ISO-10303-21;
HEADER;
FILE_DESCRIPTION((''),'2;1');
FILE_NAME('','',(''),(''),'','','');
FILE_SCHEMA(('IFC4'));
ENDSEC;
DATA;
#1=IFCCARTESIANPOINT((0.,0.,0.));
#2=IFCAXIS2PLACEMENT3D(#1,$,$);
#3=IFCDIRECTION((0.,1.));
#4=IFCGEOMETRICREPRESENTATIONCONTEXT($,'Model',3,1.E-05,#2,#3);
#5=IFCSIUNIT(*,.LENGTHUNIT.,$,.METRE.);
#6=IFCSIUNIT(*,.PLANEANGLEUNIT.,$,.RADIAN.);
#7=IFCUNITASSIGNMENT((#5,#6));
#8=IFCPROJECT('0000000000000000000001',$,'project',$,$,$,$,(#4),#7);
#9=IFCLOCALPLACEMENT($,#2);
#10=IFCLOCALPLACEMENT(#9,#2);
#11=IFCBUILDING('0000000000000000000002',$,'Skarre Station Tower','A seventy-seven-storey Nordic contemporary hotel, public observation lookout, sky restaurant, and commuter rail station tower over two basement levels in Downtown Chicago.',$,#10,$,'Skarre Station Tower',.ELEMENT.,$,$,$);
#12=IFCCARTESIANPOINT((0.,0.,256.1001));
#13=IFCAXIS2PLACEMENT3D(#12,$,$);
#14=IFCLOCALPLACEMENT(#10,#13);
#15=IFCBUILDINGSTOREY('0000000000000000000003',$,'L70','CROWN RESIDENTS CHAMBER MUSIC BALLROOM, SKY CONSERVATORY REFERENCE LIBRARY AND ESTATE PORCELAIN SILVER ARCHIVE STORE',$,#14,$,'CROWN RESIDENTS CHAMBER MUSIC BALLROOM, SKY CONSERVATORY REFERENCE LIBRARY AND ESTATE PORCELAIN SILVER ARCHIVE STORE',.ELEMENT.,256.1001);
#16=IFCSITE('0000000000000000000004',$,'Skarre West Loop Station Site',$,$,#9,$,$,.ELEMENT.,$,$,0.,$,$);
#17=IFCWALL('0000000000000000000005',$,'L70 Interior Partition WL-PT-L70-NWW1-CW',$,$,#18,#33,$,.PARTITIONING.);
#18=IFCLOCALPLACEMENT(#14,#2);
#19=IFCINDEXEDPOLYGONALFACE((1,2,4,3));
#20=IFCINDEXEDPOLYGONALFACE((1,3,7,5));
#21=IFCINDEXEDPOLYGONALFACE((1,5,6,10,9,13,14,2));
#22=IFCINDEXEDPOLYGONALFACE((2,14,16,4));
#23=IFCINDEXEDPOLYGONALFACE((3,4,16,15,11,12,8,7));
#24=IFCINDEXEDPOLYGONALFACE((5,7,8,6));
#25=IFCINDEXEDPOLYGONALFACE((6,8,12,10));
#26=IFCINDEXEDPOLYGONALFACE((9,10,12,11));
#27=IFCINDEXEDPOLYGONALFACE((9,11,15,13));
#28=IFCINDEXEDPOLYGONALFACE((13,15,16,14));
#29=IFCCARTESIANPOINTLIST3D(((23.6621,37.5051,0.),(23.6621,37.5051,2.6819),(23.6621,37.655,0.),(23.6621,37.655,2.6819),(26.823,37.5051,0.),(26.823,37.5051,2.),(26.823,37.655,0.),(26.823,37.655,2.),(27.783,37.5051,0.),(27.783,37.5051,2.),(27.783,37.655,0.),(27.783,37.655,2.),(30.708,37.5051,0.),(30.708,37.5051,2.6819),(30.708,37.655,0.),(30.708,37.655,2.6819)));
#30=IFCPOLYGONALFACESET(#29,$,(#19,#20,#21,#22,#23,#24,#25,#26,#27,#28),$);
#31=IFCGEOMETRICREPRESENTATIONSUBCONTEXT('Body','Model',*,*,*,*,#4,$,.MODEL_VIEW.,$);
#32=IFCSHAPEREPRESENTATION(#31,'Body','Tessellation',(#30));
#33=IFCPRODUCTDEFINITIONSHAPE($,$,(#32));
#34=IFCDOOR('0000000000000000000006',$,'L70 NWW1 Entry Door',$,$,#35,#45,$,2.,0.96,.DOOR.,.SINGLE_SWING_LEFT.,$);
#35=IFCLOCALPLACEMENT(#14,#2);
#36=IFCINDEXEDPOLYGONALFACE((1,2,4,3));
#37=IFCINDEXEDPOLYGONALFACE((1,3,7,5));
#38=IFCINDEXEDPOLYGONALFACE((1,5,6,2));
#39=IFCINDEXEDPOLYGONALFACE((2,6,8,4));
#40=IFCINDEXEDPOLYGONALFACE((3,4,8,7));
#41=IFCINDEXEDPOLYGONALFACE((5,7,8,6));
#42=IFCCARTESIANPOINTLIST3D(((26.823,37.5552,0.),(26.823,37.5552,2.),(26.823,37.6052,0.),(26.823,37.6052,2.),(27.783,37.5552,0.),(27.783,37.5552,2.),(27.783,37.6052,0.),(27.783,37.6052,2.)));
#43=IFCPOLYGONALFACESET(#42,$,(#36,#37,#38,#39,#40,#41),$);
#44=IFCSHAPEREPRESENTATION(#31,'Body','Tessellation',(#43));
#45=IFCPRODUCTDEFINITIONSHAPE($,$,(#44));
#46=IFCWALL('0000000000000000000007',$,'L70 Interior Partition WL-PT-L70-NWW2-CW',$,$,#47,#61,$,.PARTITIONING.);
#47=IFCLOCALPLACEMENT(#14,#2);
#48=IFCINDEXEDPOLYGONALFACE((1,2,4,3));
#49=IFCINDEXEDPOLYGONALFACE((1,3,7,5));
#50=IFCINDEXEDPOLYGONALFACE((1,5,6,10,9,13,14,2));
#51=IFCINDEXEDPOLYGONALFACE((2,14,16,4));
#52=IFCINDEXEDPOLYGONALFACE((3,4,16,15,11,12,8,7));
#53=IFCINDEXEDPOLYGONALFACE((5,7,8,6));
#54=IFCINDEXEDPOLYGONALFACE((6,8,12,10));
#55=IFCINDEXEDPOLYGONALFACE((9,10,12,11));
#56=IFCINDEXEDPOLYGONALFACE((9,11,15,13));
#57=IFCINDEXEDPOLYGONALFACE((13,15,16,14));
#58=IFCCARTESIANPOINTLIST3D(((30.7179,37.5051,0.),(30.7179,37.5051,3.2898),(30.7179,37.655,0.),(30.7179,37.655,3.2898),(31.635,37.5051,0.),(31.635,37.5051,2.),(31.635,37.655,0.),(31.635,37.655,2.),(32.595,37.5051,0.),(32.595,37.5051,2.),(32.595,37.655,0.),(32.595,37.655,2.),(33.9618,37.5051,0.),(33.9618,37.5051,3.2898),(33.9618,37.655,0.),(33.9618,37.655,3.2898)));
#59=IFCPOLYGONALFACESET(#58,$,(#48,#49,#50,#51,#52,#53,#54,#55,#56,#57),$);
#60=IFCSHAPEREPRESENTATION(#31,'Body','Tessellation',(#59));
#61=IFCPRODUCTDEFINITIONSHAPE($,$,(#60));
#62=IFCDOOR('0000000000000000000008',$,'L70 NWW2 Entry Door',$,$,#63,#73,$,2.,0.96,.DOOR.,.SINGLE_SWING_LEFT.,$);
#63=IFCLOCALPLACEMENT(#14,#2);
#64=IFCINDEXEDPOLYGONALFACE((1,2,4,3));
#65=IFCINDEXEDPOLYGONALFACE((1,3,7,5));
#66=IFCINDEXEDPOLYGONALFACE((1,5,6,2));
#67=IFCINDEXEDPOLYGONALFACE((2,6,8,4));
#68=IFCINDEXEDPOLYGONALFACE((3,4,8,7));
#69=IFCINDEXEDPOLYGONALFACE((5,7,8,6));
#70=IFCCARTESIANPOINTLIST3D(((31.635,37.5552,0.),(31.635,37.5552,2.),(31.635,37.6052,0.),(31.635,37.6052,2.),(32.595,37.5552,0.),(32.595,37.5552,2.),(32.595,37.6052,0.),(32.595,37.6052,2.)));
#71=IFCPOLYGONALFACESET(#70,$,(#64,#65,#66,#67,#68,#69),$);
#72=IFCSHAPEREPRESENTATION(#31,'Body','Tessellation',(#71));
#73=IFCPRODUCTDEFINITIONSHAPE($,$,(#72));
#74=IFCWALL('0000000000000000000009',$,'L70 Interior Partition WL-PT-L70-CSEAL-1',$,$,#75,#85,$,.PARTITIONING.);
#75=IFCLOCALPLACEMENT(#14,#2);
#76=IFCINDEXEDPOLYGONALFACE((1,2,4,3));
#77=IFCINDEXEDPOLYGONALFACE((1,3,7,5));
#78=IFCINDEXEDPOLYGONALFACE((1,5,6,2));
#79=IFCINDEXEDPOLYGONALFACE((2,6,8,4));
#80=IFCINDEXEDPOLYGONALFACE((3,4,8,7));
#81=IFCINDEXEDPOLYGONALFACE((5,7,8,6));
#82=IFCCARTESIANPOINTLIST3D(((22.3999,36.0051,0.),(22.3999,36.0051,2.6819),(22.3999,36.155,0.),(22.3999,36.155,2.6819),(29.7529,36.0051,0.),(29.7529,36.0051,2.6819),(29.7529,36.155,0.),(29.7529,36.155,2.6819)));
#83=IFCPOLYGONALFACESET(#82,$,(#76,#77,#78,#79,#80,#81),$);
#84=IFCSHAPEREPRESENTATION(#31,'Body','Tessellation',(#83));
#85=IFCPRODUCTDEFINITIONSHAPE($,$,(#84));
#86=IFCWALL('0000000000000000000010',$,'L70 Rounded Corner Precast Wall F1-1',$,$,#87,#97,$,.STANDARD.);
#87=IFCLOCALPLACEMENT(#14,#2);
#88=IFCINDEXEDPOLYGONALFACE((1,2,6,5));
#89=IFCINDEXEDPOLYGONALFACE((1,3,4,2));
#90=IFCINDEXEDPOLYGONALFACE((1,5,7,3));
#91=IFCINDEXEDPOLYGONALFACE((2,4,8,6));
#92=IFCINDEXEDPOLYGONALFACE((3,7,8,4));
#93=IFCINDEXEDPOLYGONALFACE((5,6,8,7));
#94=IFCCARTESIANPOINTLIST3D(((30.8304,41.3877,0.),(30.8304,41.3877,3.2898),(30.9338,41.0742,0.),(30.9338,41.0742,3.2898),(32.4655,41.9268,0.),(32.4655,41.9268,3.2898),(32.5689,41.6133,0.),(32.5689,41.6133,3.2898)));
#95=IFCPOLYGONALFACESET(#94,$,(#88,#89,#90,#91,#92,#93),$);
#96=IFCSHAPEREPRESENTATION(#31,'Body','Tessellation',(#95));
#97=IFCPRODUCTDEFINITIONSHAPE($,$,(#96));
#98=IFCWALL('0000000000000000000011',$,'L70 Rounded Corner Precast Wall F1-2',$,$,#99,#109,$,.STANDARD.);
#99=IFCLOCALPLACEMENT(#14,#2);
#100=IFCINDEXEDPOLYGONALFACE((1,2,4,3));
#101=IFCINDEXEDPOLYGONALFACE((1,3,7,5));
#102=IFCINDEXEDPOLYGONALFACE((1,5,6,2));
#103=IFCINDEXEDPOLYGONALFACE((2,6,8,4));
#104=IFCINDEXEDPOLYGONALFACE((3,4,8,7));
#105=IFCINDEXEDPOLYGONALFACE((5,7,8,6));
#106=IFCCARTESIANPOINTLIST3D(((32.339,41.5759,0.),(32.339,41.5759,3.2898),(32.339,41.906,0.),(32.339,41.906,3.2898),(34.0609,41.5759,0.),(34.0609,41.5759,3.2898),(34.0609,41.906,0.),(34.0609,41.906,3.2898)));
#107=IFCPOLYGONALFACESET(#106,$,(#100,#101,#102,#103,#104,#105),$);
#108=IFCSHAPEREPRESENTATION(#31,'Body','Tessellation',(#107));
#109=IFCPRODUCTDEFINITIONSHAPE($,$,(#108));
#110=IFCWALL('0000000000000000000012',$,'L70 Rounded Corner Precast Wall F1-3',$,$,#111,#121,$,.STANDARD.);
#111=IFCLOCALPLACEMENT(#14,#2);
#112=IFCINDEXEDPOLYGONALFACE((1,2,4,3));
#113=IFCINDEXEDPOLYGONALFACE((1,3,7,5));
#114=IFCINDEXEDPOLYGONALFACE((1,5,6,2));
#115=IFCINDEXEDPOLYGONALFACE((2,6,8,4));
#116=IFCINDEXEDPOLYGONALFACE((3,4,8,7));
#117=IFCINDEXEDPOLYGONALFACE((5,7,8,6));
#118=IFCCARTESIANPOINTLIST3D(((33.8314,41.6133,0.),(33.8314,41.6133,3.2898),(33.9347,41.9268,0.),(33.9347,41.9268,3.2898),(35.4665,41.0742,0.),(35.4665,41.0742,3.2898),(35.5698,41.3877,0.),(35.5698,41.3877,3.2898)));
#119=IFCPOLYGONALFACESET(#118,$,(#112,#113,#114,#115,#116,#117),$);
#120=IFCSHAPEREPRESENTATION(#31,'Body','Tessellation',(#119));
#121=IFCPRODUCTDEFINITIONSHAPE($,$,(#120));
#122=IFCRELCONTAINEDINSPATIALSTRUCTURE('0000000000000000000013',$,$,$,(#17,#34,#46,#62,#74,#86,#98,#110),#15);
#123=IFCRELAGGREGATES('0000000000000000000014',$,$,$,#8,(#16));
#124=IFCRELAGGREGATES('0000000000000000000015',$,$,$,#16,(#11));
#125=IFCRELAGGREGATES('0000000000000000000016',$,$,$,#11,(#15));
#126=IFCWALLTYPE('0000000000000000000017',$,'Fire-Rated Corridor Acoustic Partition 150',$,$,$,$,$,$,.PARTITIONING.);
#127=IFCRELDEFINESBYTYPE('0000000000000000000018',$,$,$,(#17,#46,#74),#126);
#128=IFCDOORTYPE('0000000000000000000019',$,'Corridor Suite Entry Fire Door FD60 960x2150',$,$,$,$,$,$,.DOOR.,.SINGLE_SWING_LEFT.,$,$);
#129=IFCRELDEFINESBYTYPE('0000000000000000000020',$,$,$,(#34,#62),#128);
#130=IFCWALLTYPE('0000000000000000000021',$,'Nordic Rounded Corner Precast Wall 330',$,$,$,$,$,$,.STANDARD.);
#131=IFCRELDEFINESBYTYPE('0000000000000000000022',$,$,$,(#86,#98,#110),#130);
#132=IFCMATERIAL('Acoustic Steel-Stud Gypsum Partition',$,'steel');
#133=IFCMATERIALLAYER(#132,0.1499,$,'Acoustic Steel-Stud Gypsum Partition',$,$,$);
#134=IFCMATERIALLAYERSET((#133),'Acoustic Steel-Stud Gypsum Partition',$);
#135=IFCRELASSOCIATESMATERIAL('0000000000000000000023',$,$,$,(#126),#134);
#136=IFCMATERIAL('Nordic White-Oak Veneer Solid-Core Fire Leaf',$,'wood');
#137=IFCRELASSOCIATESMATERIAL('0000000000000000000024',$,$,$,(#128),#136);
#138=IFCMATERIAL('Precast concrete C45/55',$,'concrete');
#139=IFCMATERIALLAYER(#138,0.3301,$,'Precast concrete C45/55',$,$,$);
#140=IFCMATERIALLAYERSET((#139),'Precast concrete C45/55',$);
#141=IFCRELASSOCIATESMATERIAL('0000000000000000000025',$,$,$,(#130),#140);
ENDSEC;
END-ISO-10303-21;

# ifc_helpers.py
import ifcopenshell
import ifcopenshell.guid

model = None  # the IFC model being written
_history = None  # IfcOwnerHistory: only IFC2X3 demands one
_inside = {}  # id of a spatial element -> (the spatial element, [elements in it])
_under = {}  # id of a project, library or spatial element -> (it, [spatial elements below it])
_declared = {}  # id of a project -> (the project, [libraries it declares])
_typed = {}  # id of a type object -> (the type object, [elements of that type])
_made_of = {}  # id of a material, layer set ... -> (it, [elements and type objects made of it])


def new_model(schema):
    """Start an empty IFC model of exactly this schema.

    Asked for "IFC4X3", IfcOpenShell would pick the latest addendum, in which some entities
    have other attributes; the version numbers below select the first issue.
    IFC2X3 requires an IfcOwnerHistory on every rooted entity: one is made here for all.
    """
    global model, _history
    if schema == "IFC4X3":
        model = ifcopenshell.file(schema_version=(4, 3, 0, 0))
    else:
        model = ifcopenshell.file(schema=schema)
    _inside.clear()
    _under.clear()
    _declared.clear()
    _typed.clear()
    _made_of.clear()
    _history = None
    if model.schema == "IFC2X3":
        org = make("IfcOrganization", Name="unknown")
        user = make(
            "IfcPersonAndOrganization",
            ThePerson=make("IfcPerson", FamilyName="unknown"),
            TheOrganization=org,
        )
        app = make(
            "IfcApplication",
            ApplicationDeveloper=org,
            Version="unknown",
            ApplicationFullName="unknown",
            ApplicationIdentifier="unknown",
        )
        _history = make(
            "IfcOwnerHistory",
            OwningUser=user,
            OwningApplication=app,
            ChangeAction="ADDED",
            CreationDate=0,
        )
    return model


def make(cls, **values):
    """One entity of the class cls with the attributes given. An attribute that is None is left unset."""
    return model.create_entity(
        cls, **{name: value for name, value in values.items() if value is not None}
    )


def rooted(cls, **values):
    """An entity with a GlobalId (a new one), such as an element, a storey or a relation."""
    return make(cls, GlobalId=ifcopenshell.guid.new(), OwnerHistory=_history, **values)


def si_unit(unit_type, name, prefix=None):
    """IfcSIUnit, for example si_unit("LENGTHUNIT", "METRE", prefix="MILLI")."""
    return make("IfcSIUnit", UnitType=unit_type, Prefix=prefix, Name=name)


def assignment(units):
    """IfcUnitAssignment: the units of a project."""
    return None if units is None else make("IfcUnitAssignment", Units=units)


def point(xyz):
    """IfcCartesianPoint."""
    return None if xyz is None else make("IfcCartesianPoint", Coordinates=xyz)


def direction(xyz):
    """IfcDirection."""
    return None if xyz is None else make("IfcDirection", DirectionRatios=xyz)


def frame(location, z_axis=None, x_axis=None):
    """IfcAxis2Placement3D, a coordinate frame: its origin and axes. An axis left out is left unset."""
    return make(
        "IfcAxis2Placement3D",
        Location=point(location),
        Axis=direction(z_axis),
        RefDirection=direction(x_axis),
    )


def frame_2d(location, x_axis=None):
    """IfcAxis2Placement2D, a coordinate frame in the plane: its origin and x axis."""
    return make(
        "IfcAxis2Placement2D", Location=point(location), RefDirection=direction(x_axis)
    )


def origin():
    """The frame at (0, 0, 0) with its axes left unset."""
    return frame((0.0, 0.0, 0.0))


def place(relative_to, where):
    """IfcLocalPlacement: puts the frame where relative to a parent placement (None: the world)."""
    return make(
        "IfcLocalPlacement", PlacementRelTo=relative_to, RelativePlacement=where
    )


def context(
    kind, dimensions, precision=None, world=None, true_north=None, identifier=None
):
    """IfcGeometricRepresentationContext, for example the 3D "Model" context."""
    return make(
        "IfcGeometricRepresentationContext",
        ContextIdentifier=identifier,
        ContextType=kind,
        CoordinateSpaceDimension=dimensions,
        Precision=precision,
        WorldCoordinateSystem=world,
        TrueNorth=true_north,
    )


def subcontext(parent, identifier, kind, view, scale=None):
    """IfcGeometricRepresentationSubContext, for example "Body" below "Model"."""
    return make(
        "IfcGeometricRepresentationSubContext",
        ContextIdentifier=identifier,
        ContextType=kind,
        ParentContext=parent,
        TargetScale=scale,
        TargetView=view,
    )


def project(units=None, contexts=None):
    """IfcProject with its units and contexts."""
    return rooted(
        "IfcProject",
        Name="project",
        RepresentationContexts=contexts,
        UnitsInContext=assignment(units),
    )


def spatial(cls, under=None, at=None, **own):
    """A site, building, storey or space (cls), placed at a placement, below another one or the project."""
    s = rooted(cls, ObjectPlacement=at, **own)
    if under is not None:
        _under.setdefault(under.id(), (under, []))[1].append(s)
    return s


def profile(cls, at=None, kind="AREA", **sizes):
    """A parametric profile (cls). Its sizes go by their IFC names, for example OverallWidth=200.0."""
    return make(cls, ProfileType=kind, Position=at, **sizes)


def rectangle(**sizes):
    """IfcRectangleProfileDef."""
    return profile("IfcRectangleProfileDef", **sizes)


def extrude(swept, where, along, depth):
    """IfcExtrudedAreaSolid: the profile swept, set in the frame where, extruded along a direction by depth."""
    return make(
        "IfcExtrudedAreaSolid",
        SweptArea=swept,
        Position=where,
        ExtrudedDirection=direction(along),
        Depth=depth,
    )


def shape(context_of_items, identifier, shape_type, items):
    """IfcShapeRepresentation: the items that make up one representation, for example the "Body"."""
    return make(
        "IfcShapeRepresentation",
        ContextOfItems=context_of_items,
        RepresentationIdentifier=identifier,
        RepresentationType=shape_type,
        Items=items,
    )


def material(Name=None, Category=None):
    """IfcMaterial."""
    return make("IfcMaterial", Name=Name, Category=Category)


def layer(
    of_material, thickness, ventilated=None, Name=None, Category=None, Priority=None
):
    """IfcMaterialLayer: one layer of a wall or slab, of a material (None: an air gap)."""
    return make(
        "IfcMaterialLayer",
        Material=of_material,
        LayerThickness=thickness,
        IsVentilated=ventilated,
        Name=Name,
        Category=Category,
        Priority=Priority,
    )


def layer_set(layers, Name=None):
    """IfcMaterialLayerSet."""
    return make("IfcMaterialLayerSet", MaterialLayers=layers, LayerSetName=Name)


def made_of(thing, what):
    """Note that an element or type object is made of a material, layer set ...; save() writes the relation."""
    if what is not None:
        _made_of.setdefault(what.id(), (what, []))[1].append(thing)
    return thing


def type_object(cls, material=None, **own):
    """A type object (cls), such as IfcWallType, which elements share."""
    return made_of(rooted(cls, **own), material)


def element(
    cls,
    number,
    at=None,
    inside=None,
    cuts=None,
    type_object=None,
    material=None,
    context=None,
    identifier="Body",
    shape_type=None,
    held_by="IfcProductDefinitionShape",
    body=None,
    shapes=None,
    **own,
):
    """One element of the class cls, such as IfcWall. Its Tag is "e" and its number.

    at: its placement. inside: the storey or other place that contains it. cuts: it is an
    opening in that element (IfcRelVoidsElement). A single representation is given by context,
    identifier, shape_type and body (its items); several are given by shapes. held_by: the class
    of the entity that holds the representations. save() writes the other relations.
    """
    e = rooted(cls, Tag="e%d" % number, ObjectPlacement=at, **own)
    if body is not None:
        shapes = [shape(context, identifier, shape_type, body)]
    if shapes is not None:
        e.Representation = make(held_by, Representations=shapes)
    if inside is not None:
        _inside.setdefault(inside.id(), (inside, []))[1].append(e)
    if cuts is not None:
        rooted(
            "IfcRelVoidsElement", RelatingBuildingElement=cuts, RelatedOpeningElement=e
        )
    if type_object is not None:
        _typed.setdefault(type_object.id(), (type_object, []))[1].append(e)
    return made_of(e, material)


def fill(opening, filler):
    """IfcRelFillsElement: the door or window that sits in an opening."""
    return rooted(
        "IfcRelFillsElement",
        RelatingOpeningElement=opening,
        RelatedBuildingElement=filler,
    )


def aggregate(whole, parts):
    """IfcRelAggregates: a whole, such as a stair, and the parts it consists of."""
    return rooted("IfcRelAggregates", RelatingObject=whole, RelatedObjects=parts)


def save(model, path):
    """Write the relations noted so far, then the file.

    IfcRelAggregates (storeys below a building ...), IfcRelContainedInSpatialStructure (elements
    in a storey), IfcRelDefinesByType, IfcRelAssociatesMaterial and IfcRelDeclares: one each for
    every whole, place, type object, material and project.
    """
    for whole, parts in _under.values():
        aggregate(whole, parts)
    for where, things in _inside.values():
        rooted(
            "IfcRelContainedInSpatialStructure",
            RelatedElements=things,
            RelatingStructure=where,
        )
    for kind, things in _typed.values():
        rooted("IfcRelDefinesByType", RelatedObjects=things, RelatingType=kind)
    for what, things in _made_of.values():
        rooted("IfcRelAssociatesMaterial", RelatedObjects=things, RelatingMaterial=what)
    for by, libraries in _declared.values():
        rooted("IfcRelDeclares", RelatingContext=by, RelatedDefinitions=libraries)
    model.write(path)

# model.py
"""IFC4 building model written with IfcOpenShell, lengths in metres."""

from ifc_helpers import new_model, si_unit, direction, frame, frame_2d, origin, place, context, subcontext, project, spatial, rectangle, extrude, material, layer, layer_set, type_object, element, fill, save


model = new_model("IFC4")

# Units and contexts
model_context = context("Model", 3, precision=1e-05, world=origin(), true_north=direction((0.0, 1.0)))
body_context = subcontext(model_context, "Body", "Model", "MODEL_VIEW")
ifc_project = project(units=[si_unit("LENGTHUNIT", "METRE"), si_unit("PLANEANGLEUNIT", "RADIAN")], contexts=[model_context])

# Site, building, storey
site_placement = place(None, origin())
site = spatial("IfcSite", under=ifc_project, at=site_placement, Name="Skarre West Loop Station Site", CompositionType="ELEMENT", RefElevation=0.0)
building_placement = place(site_placement, origin())
building = spatial("IfcBuilding", under=site, at=building_placement, Name="Skarre Station Tower", Description="A seventy-seven-storey Nordic contemporary hotel, public observation lookout, sky restaurant, and commuter rail station tower over two basement levels in Downtown Chicago.", LongName="Skarre Station Tower", CompositionType="ELEMENT")
storey_placement = place(building_placement, frame((0.0, 0.0, 256.1001)))
storey = spatial("IfcBuildingStorey", under=building, at=storey_placement, Name="L70", Description="CROWN RESIDENTS CHAMBER MUSIC BALLROOM, SKY CONSERVATORY REFERENCE LIBRARY AND ESTATE PORCELAIN SILVER ARCHIVE STORE", LongName="CROWN RESIDENTS CHAMBER MUSIC BALLROOM, SKY CONSERVATORY REFERENCE LIBRARY AND ESTATE PORCELAIN SILVER ARCHIVE STORE", CompositionType="ELEMENT", Elevation=256.1001)

# Walls, openings, doors
ifc_material_1 = material(Name="Acoustic Steel-Stud Gypsum Partition", Category="steel")
ifc_layer_1 = layer(ifc_material_1, 0.1499, Name="Acoustic Steel-Stud Gypsum Partition")
ifc_layer_set_1 = layer_set([ifc_layer_1], Name="Acoustic Steel-Stud Gypsum Partition")
wall_type_1 = type_object("IfcWallType", Name="Fire-Rated Corridor Acoustic Partition 150", PredefinedType="PARTITIONING", material=ifc_layer_set_1)
wall_1_placement = place(storey_placement, frame((30.708, 37.5801, 0.0), z_axis=(0.0, 0.0, 1.0), x_axis=(-1.0, 0.0, 0.0)))
wall_1 = element("IfcWall", 1, at=wall_1_placement, inside=storey, type_object=wall_type_1, Name="L70 Interior Partition WL-PT-L70-NWW1-CW", PredefinedType="PARTITIONING", context=body_context, shape_type="SweptSolid", body=[
    extrude(rectangle(XDim=7.0459, YDim=0.1499, at=frame_2d((3.5229, 0.0))), origin(), (0.0, 0.0, 1.0), 2.6819),
])
opening_1_placement = place(wall_1_placement, frame((2.925, 0.0, 0.0)))
opening_1 = element("IfcOpeningElement", 2, at=opening_1_placement, cuts=wall_1, PredefinedType="OPENING", context=body_context, shape_type="SweptSolid", body=[
    extrude(rectangle(XDim=0.96, YDim=2.0, at=frame_2d((0.48, 1.0))), frame((0.0, 0.085, 0.0), z_axis=(0.0, -1.0, 0.0), x_axis=(1.0, 0.0, 0.0)), (0.0, 0.0, 1.0), 0.1699),
])
ifc_material_2 = material(Name="Nordic White-Oak Veneer Solid-Core Fire Leaf", Category="wood")
door_type = type_object("IfcDoorType", Name="Corridor Suite Entry Fire Door FD60 960x2150", OperationType="SINGLE_SWING_LEFT", PredefinedType="DOOR", material=ifc_material_2)
door_1_placement = place(opening_1_placement, origin())
door_1 = element("IfcDoor", 3, at=door_1_placement, inside=storey, type_object=door_type, Name="L70 NWW1 Entry Door", OperationType="SINGLE_SWING_LEFT", OverallHeight=2.0, OverallWidth=0.96, PredefinedType="DOOR", context=body_context, shape_type="SweptSolid", body=[
    extrude(rectangle(XDim=0.96, YDim=2.0, at=frame_2d((0.48, 1.0))), frame((0.0, 0.0249, 0.0), z_axis=(0.0, -1.0, 0.0), x_axis=(1.0, 0.0, 0.0)), (0.0, 0.0, 1.0), 0.05),
])
fill(opening_1, door_1)
wall_2_placement = place(storey_placement, frame((33.9619, 37.5801, 0.0), z_axis=(0.0, 0.0, 1.0), x_axis=(-1.0, 0.0, 0.0)))
wall_2 = element("IfcWall", 4, at=wall_2_placement, inside=storey, type_object=wall_type_1, Name="L70 Interior Partition WL-PT-L70-NWW2-CW", PredefinedType="PARTITIONING", context=body_context, shape_type="SweptSolid", body=[
    extrude(rectangle(XDim=3.2439, YDim=0.1499, at=frame_2d((1.6221, 0.0))), origin(), (0.0, 0.0, 1.0), 3.2898),
])
opening_2_placement = place(wall_2_placement, frame((1.3669, 0.0, 0.0)))
opening_2 = element("IfcOpeningElement", 5, at=opening_2_placement, cuts=wall_2, PredefinedType="OPENING", context=body_context, shape_type="SweptSolid", body=[
    extrude(rectangle(XDim=0.96, YDim=2.0, at=frame_2d((0.48, 1.0))), frame((0.0, 0.085, 0.0), z_axis=(0.0, -1.0, 0.0), x_axis=(1.0, 0.0, 0.0)), (0.0, 0.0, 1.0), 0.1699),
])
door_2_placement = place(opening_2_placement, origin())
door_2 = element("IfcDoor", 6, at=door_2_placement, inside=storey, type_object=door_type, Name="L70 NWW2 Entry Door", OperationType="SINGLE_SWING_LEFT", OverallHeight=2.0, OverallWidth=0.96, PredefinedType="DOOR", context=body_context, shape_type="SweptSolid", body=[
    extrude(rectangle(XDim=0.96, YDim=2.0, at=frame_2d((0.48, 1.0))), frame((0.0, 0.0249, 0.0), z_axis=(0.0, -1.0, 0.0), x_axis=(1.0, 0.0, 0.0)), (0.0, 0.0, 1.0), 0.05),
])
fill(opening_2, door_2)

# Walls
wall_3_placement = place(storey_placement, frame((29.7529, 36.0801, 0.0), z_axis=(0.0, 0.0, 1.0), x_axis=(-1.0, 0.0, 0.0)))
element("IfcWall", 7, at=wall_3_placement, inside=storey, type_object=wall_type_1, Name="L70 Interior Partition WL-PT-L70-CSEAL-1", PredefinedType="PARTITIONING", context=body_context, shape_type="SweptSolid", body=[
    extrude(rectangle(XDim=7.353, YDim=0.1499, at=frame_2d((3.6765, 0.0))), origin(), (0.0, 0.0, 1.0), 2.6819),
])
ifc_material_3 = material(Name="Precast concrete C45/55", Category="concrete")
ifc_layer_2 = layer(ifc_material_3, 0.3301, Name="Precast concrete C45/55")
ifc_layer_set_2 = layer_set([ifc_layer_2], Name="Precast concrete C45/55")
wall_type_2 = type_object("IfcWallType", Name="Nordic Rounded Corner Precast Wall 330", PredefinedType="STANDARD", material=ifc_layer_set_2)
wall_4_placement = place(storey_placement, frame((30.8821, 41.231, 0.0), z_axis=(0.0, 0.0, 1.0), x_axis=(0.949713, 0.31312, 0.0)))
element("IfcWall", 8, at=wall_4_placement, inside=storey, type_object=wall_type_2, Name="L70 Rounded Corner Precast Wall F1-1", PredefinedType="STANDARD", context=body_context, shape_type="SweptSolid", body=[
    extrude(rectangle(XDim=1.7217, YDim=0.3301, at=frame_2d((0.8608, 0.0))), origin(), (0.0, 0.0, 1.0), 3.2898),
])
wall_5_placement = place(storey_placement, frame((32.3391, 41.741, 0.0), z_axis=(0.0, 0.0, 1.0), x_axis=(1.0, 0.0, 0.0)))
element("IfcWall", 9, at=wall_5_placement, inside=storey, type_object=wall_type_2, Name="L70 Rounded Corner Precast Wall F1-2", PredefinedType="STANDARD", context=body_context, shape_type="SweptSolid", body=[
    extrude(rectangle(XDim=1.7219, YDim=0.3301, at=frame_2d((0.8608, 0.0))), origin(), (0.0, 0.0, 1.0), 3.2898),
])
wall_6_placement = place(storey_placement, frame((33.8831, 41.77, 0.0), z_axis=(0.0, 0.0, 1.0), x_axis=(0.949713, -0.31312, 0.0)))
element("IfcWall", 10, at=wall_6_placement, inside=storey, type_object=wall_type_2, Name="L70 Rounded Corner Precast Wall F1-3", PredefinedType="STANDARD", context=body_context, shape_type="SweptSolid", body=[
    extrude(rectangle(XDim=1.7217, YDim=0.3301, at=frame_2d((0.8608, 0.0))), origin(), (0.0, 0.0, 1.0), 3.2898),
])

save(model, "model.ifc")
